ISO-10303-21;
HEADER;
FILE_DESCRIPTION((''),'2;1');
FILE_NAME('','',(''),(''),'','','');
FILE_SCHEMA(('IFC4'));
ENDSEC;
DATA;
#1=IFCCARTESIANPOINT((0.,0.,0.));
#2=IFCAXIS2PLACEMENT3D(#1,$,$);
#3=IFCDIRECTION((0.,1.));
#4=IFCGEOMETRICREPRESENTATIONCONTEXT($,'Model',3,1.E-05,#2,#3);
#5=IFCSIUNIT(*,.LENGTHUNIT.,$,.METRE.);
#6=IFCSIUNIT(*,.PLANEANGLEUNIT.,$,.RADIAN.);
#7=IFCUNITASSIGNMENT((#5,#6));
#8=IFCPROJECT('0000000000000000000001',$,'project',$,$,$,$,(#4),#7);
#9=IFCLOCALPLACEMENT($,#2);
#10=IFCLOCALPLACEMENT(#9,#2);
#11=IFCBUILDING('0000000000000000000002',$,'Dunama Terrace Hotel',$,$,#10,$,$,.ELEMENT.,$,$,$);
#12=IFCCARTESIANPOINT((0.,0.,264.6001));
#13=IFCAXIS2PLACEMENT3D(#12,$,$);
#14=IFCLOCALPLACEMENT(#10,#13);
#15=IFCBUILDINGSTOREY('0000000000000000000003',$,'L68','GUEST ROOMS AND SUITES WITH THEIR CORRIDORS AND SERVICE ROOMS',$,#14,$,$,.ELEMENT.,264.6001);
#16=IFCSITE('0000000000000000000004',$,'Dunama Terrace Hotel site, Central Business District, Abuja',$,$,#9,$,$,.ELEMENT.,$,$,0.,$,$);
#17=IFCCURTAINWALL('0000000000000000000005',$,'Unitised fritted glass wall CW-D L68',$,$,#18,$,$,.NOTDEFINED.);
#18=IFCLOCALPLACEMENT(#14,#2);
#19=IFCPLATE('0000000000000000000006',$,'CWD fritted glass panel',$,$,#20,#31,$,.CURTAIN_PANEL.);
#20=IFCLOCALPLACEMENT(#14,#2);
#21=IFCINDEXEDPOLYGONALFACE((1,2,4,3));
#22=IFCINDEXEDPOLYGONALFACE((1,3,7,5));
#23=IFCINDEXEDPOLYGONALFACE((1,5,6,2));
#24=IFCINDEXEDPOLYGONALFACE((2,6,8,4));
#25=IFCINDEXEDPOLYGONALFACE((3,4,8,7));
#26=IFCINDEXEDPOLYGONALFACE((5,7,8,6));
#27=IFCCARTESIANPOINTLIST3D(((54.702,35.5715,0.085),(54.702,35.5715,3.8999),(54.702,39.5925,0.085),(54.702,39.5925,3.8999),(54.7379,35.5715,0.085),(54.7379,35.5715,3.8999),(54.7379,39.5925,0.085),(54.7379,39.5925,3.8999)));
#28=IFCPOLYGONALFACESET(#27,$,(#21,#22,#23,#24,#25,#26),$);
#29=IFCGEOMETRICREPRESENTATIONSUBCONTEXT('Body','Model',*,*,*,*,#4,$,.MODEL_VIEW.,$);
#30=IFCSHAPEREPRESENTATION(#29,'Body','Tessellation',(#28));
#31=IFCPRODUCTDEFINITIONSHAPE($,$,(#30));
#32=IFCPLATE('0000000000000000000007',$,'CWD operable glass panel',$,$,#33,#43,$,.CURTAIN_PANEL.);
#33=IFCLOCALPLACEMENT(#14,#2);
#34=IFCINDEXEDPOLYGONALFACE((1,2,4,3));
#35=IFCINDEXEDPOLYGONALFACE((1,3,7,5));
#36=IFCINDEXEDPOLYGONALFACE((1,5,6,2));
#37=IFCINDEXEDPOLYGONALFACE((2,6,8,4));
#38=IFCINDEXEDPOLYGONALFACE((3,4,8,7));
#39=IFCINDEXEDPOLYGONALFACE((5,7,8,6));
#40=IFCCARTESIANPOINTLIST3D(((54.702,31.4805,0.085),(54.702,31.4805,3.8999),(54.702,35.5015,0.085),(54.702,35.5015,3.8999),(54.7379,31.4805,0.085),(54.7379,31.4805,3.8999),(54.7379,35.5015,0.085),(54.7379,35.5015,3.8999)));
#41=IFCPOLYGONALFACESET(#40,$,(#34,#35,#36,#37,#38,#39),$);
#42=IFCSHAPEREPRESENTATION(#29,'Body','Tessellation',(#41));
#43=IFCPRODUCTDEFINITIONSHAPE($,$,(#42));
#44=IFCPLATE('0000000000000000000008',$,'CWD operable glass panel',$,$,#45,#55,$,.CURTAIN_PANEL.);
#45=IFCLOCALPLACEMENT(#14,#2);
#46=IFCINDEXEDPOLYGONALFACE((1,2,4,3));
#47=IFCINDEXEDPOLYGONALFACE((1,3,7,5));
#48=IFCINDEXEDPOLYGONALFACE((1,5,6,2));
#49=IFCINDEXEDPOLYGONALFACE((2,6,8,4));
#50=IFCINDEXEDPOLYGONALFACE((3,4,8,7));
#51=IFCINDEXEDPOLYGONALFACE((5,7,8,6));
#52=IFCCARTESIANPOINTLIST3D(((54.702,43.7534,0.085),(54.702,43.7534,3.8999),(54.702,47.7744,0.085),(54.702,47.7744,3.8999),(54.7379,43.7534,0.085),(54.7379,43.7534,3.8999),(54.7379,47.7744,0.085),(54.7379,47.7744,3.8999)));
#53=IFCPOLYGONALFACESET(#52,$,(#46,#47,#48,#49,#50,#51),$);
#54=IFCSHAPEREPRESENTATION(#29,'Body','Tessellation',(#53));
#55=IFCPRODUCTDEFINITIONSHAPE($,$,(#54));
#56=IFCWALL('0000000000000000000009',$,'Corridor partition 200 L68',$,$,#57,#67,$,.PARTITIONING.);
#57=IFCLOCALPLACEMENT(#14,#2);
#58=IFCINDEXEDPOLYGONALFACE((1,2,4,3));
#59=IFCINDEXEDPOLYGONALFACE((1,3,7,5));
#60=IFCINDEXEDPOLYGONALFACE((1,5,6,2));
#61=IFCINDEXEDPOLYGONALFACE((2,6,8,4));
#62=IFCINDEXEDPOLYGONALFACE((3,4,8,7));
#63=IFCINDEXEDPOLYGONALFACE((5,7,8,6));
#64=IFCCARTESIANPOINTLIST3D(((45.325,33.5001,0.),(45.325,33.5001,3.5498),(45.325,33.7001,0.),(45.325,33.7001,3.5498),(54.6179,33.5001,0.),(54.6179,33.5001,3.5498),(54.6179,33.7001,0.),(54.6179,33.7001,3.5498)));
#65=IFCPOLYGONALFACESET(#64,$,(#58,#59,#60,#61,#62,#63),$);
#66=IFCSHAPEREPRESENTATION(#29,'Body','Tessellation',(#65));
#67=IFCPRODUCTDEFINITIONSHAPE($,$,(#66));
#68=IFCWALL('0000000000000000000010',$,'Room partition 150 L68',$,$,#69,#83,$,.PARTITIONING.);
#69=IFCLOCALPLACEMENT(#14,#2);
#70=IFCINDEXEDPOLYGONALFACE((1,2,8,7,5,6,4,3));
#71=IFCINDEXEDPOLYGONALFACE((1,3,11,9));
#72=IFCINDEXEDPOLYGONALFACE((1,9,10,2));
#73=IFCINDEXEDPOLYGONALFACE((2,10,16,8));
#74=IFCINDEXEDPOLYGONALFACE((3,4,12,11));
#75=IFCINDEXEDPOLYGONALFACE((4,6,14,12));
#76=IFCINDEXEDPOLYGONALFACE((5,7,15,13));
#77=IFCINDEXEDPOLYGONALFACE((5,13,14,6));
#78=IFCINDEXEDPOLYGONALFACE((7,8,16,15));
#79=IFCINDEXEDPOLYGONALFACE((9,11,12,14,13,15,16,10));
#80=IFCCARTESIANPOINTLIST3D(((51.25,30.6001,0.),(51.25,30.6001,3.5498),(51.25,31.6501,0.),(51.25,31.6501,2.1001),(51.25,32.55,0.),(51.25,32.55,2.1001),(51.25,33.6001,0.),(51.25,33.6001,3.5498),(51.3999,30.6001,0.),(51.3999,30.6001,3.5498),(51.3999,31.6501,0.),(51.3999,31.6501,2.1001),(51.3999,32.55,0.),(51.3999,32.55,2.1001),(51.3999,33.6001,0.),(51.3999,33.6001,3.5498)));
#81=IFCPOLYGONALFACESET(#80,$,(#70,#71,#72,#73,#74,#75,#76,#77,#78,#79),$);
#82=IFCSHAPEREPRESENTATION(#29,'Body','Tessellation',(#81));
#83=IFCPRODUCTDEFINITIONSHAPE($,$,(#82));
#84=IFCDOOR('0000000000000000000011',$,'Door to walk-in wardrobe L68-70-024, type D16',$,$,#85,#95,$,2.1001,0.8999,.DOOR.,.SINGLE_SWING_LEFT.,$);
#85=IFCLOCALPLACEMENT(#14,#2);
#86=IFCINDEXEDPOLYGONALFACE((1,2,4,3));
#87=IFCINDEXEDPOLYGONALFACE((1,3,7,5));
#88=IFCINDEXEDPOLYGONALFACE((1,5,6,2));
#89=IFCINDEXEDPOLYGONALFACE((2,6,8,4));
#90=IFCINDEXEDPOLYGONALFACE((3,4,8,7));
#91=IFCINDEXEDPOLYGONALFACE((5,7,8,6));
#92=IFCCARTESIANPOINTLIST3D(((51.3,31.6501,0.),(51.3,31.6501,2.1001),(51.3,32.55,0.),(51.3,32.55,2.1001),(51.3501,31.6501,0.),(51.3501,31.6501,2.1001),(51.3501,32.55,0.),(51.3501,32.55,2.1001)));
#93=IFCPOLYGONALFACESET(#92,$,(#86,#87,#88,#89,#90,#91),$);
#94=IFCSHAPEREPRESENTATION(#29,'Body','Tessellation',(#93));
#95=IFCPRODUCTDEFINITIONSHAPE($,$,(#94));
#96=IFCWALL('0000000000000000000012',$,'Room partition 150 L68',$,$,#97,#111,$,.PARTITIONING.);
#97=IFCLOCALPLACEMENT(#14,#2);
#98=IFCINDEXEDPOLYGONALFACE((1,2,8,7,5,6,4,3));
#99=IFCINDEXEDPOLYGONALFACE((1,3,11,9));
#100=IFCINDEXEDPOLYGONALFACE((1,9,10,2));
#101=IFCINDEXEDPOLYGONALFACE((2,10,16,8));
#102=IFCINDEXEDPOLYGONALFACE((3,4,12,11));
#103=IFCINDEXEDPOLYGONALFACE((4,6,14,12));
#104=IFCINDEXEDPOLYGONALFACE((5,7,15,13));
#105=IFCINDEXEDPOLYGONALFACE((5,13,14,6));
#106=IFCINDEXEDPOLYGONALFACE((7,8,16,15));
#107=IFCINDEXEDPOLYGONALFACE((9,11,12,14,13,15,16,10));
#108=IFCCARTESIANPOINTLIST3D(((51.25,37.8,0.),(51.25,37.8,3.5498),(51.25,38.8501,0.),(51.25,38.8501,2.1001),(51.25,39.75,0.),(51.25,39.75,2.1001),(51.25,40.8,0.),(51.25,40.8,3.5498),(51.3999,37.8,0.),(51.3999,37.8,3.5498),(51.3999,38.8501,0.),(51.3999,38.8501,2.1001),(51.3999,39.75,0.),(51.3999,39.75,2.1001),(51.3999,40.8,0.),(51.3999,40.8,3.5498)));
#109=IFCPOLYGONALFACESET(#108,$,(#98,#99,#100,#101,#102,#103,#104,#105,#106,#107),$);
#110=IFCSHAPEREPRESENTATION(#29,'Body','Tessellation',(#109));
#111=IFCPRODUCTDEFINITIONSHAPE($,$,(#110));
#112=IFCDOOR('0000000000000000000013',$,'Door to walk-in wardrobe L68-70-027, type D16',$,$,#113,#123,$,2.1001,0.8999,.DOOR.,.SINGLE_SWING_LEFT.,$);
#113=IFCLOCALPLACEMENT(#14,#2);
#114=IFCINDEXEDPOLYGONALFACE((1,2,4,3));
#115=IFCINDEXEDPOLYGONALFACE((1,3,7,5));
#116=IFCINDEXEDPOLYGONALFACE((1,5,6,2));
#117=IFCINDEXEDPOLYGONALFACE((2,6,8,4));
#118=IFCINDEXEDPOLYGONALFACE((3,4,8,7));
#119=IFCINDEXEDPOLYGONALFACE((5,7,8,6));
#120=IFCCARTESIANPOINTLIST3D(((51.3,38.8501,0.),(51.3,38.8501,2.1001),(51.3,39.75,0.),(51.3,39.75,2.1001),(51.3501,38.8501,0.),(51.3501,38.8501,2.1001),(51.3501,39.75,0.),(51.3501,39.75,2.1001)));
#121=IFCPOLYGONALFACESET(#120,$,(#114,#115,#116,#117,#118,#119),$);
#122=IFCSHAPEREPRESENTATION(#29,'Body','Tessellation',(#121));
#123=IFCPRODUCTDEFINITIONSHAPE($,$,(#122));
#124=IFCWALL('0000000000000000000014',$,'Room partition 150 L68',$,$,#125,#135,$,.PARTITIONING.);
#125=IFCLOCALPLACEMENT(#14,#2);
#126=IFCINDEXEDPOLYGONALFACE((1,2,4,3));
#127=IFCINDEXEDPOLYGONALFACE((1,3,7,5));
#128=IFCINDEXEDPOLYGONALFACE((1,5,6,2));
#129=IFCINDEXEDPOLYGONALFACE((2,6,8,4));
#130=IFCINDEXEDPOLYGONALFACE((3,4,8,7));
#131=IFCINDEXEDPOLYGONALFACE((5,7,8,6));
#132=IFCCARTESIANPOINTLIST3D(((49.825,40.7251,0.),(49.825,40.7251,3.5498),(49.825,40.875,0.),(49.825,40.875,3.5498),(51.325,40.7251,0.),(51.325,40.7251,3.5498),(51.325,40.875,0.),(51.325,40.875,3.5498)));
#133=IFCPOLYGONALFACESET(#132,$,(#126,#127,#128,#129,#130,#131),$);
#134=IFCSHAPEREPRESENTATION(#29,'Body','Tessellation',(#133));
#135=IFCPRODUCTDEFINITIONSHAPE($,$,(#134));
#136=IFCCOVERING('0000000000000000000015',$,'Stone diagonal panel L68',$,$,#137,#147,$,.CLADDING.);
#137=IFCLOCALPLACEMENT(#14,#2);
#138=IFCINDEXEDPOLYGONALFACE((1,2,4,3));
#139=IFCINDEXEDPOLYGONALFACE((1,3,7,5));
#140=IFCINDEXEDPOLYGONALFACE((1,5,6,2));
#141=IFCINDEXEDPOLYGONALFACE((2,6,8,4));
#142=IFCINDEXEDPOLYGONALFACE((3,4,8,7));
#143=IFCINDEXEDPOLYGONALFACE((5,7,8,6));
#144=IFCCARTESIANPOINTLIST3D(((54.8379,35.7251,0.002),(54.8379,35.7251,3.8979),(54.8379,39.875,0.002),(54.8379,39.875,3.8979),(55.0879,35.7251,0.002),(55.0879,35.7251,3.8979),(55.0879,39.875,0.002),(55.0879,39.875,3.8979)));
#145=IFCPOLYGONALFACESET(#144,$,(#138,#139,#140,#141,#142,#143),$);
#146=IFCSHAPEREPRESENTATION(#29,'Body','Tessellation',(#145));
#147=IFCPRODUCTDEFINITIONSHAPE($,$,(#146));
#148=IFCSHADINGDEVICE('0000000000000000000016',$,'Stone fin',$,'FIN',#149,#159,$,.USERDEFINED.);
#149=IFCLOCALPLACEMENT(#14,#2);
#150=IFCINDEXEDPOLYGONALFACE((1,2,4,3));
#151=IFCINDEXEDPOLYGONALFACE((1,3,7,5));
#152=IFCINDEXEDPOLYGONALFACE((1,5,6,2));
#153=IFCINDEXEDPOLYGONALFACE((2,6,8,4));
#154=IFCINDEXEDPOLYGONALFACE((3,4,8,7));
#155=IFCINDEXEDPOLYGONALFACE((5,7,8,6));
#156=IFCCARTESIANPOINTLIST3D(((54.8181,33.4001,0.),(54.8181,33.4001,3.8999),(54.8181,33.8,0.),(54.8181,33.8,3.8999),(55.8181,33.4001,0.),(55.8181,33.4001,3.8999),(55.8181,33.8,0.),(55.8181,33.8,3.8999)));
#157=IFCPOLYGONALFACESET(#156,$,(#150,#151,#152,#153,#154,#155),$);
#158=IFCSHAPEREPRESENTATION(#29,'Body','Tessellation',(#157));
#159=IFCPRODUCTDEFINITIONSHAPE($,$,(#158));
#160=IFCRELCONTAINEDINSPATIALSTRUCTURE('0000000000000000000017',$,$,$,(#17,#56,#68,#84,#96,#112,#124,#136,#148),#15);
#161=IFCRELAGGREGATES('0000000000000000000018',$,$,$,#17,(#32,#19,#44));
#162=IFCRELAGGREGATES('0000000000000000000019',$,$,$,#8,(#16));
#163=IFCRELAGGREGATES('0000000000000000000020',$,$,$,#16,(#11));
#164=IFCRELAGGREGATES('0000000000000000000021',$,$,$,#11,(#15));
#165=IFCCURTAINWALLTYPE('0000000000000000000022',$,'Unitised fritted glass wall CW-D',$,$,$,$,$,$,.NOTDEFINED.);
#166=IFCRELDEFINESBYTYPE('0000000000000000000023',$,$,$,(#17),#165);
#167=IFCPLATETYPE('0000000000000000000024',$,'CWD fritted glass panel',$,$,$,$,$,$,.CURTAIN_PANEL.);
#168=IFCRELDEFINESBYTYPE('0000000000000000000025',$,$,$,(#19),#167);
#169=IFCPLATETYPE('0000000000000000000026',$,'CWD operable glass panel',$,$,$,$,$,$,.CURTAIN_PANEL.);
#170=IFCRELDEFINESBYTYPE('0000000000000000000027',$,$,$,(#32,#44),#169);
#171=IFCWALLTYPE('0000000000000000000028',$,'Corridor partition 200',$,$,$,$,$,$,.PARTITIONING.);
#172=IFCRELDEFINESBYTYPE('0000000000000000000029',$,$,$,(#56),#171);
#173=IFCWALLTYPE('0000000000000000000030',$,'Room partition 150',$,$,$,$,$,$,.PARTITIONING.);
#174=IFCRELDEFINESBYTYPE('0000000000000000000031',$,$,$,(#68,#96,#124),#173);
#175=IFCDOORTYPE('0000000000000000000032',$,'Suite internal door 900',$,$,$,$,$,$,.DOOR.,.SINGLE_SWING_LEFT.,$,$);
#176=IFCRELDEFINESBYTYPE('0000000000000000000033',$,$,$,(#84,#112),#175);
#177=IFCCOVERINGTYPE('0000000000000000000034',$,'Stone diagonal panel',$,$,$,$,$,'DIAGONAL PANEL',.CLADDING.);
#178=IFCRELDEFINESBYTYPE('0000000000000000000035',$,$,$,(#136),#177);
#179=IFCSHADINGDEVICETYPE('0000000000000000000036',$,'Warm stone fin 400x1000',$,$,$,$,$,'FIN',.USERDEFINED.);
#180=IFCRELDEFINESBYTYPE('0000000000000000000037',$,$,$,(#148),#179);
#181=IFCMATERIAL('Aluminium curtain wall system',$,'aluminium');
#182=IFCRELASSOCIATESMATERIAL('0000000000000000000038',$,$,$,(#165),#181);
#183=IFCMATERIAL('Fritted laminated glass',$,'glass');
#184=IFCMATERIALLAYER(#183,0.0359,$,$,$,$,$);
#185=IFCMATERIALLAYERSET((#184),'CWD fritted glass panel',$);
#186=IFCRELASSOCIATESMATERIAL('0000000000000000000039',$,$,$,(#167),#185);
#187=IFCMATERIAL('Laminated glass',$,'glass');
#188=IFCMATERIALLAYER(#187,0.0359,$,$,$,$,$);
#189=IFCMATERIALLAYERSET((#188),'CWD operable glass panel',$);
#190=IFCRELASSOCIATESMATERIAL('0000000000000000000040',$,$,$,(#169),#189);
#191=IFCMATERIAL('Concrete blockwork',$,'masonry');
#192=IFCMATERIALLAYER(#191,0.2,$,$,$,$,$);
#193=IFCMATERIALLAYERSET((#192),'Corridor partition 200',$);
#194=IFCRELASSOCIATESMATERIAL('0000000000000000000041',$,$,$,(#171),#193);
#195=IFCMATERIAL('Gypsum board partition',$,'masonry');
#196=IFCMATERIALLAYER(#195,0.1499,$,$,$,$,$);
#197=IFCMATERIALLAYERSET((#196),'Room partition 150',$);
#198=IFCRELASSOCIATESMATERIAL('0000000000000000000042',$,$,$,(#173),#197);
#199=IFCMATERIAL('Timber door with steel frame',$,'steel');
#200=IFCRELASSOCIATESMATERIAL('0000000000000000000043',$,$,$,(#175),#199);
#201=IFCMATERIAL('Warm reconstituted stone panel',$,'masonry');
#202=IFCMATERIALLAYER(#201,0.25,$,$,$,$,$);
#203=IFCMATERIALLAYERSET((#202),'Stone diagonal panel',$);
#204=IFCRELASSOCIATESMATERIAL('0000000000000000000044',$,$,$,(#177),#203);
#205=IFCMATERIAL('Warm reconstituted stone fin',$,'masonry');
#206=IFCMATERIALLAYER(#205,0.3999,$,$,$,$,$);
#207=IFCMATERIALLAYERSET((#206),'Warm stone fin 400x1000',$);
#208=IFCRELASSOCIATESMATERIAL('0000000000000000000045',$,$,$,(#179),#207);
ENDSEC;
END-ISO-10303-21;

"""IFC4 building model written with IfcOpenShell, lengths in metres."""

from ifc_helpers import new_model, si_unit, direction, frame, frame_2d, origin, origin_2d, place, context, subcontext, project, spatial, rectangle, extrude, material, layer, layer_set, type_object, element, fill, aggregate, save


model = new_model("IFC4")

# Units and contexts
model_context = context("Model", 3, precision=1e-05, world=origin(), true_north=direction((0.0, 1.0)))
body_context = subcontext(model_context, "Body", "Model", "MODEL_VIEW")
ifc_project = project(units=[si_unit("LENGTHUNIT", "METRE"), si_unit("PLANEANGLEUNIT", "RADIAN")], contexts=[model_context])

# Site, building, storey
site_placement = place(None, origin())
site = spatial("IfcSite", under=ifc_project, at=site_placement, Name="Dunama Terrace Hotel site, Central Business District, Abuja", CompositionType="ELEMENT", RefElevation=0.0)
building_placement = place(site_placement, origin())
building = spatial("IfcBuilding", under=site, at=building_placement, Name="Dunama Terrace Hotel", CompositionType="ELEMENT")
storey_placement = place(building_placement, frame((0.0, 0.0, 264.6001)))
storey = spatial("IfcBuildingStorey", under=building, at=storey_placement, Name="L68", Description="GUEST ROOMS AND SUITES WITH THEIR CORRIDORS AND SERVICE ROOMS", CompositionType="ELEMENT", Elevation=264.6001)

# Curtain wall
ifc_material_1 = material(Name="Aluminium curtain wall system", Category="aluminium")
curtain_wall_type = type_object("IfcCurtainWallType", Name="Unitised fritted glass wall CW-D", PredefinedType="NOTDEFINED", material=ifc_material_1)
curtain_wall_placement = place(storey_placement, origin())
curtain_wall = element("IfcCurtainWall", 1, at=curtain_wall_placement, inside=storey, type_object=curtain_wall_type, Name="Unitised fritted glass wall CW-D L68", PredefinedType="NOTDEFINED")

# Plates
ifc_material_2 = material(Name="Fritted laminated glass", Category="glass")
ifc_layer_1 = layer(ifc_material_2, 0.0359)
ifc_layer_set_1 = layer_set([ifc_layer_1], Name="CWD fritted glass panel")
plate_type_1 = type_object("IfcPlateType", Name="CWD fritted glass panel", PredefinedType="CURTAIN_PANEL", material=ifc_layer_set_1)
plate_1_placement = place(storey_placement, frame((54.72, 37.582, 0.085), z_axis=(0.0, 0.0, 1.0), x_axis=(0.0, 1.0, 0.0)))
plate_1 = element("IfcPlate", 2, at=plate_1_placement, type_object=plate_type_1, Name="CWD fritted glass panel", PredefinedType="CURTAIN_PANEL", context=body_context, shape_type="SweptSolid", body=[
    extrude(rectangle(XDim=4.021, YDim=0.0359, at=origin_2d()), origin(), (0.0, 0.0, 1.0), 3.8149),
])
ifc_material_3 = material(Name="Laminated glass", Category="glass")
ifc_layer_2 = layer(ifc_material_3, 0.0359)
ifc_layer_set_2 = layer_set([ifc_layer_2], Name="CWD operable glass panel")
plate_type_2 = type_object("IfcPlateType", Name="CWD operable glass panel", PredefinedType="CURTAIN_PANEL", material=ifc_layer_set_2)
plate_2_placement = place(storey_placement, frame((54.72, 33.491, 0.085), z_axis=(0.0, 0.0, 1.0), x_axis=(0.0, 1.0, 0.0)))
plate_2 = element("IfcPlate", 3, at=plate_2_placement, type_object=plate_type_2, Name="CWD operable glass panel", PredefinedType="CURTAIN_PANEL", context=body_context, shape_type="SweptSolid", body=[
    extrude(rectangle(XDim=4.021, YDim=0.0359, at=origin_2d()), origin(), (0.0, 0.0, 1.0), 3.8149),
])
plate_3_placement = place(storey_placement, frame((54.72, 45.7639, 0.085), z_axis=(0.0, 0.0, 1.0), x_axis=(0.0, 1.0, 0.0)))
plate_3 = element("IfcPlate", 4, at=plate_3_placement, type_object=plate_type_2, Name="CWD operable glass panel", PredefinedType="CURTAIN_PANEL", context=body_context, shape_type="SweptSolid", body=[
    extrude(rectangle(XDim=4.021, YDim=0.0359, at=origin_2d()), origin(), (0.0, 0.0, 1.0), 3.8149),
])
aggregate(curtain_wall, [plate_2, plate_1, plate_3])

# Wall
ifc_material_4 = material(Name="Concrete blockwork", Category="masonry")
ifc_layer_3 = layer(ifc_material_4, 0.2)
ifc_layer_set_3 = layer_set([ifc_layer_3], Name="Corridor partition 200")
wall_type_1 = type_object("IfcWallType", Name="Corridor partition 200", PredefinedType="PARTITIONING", material=ifc_layer_set_3)
wall_1_placement = place(storey_placement, frame((54.6179, 33.6001, 0.0), z_axis=(0.0, 0.0, 1.0), x_axis=(-1.0, 0.0, 0.0)))
element("IfcWall", 5, at=wall_1_placement, inside=storey, type_object=wall_type_1, Name="Corridor partition 200 L68", PredefinedType="PARTITIONING", context=body_context, shape_type="SweptSolid", body=[
    extrude(rectangle(XDim=9.293, YDim=0.2, at=frame_2d((4.6465, 0.0))), origin(), (0.0, 0.0, 1.0), 3.5498),
])

# Walls, openings, doors
ifc_material_5 = material(Name="Gypsum board partition", Category="masonry")
ifc_layer_4 = layer(ifc_material_5, 0.1499)
ifc_layer_set_4 = layer_set([ifc_layer_4], Name="Room partition 150")
wall_type_2 = type_object("IfcWallType", Name="Room partition 150", PredefinedType="PARTITIONING", material=ifc_layer_set_4)
wall_2_placement = place(storey_placement, frame((51.325, 30.6001, 0.0), z_axis=(0.0, 0.0, 1.0), x_axis=(0.0, 1.0, 0.0)))
wall_2 = element("IfcWall", 6, at=wall_2_placement, inside=storey, type_object=wall_type_2, Name="Room partition 150 L68", PredefinedType="PARTITIONING", context=body_context, shape_type="SweptSolid", body=[
    extrude(rectangle(XDim=3.0, YDim=0.1499, at=frame_2d((1.5, 0.0))), origin(), (0.0, 0.0, 1.0), 3.5498),
])
opening_1_placement = place(wall_2_placement, frame((1.05, 0.0, 0.0)))
opening_1 = element("IfcOpeningElement", 7, at=opening_1_placement, cuts=wall_2, PredefinedType="OPENING", context=body_context, shape_type="SweptSolid", body=[
    extrude(rectangle(XDim=0.8999, YDim=2.1001, at=frame_2d((0.45, 1.05))), frame((0.0, 0.085, 0.0), z_axis=(0.0, -1.0, 0.0), x_axis=(1.0, 0.0, 0.0)), (0.0, 0.0, 1.0), 0.1699),
])
ifc_material_6 = material(Name="Timber door with steel frame", Category="steel")
door_type = type_object("IfcDoorType", Name="Suite internal door 900", OperationType="SINGLE_SWING_LEFT", PredefinedType="DOOR", material=ifc_material_6)
door_1_placement = place(opening_1_placement, origin())
door_1 = element("IfcDoor", 8, at=door_1_placement, inside=storey, type_object=door_type, Name="Door to walk-in wardrobe L68-70-024, type D16", OperationType="SINGLE_SWING_LEFT", OverallHeight=2.1001, OverallWidth=0.8999, PredefinedType="DOOR", context=body_context, shape_type="SweptSolid", body=[
    extrude(rectangle(XDim=0.8999, YDim=2.1001, at=frame_2d((0.45, 1.05))), frame((0.0, 0.0249, 0.0), z_axis=(0.0, -1.0, 0.0), x_axis=(1.0, 0.0, 0.0)), (0.0, 0.0, 1.0), 0.05),
])
fill(opening_1, door_1)
wall_3_placement = place(storey_placement, frame((51.325, 37.8, 0.0), z_axis=(0.0, 0.0, 1.0), x_axis=(0.0, 1.0, 0.0)))
wall_3 = element("IfcWall", 9, at=wall_3_placement, inside=storey, type_object=wall_type_2, Name="Room partition 150 L68", PredefinedType="PARTITIONING", context=body_context, shape_type="SweptSolid", body=[
    extrude(rectangle(XDim=3.0, YDim=0.1499, at=frame_2d((1.5, 0.0))), origin(), (0.0, 0.0, 1.0), 3.5498),
])
opening_2_placement = place(wall_3_placement, frame((1.05, 0.0, 0.0)))
opening_2 = element("IfcOpeningElement", 10, at=opening_2_placement, cuts=wall_3, PredefinedType="OPENING", context=body_context, shape_type="SweptSolid", body=[
    extrude(rectangle(XDim=0.8999, YDim=2.1001, at=frame_2d((0.45, 1.05))), frame((0.0, 0.085, 0.0), z_axis=(0.0, -1.0, 0.0), x_axis=(1.0, 0.0, 0.0)), (0.0, 0.0, 1.0), 0.1699),
])
door_2_placement = place(opening_2_placement, origin())
door_2 = element("IfcDoor", 11, at=door_2_placement, inside=storey, type_object=door_type, Name="Door to walk-in wardrobe L68-70-027, type D16", OperationType="SINGLE_SWING_LEFT", OverallHeight=2.1001, OverallWidth=0.8999, PredefinedType="DOOR", context=body_context, shape_type="SweptSolid", body=[
    extrude(rectangle(XDim=0.8999, YDim=2.1001, at=frame_2d((0.45, 1.05))), frame((0.0, 0.0249, 0.0), z_axis=(0.0, -1.0, 0.0), x_axis=(1.0, 0.0, 0.0)), (0.0, 0.0, 1.0), 0.05),
])
fill(opening_2, door_2)

# Wall
wall_4_placement = place(storey_placement, frame((49.825, 40.8, 0.0), z_axis=(0.0, 0.0, 1.0), x_axis=(1.0, 0.0, 0.0)))
element("IfcWall", 12, at=wall_4_placement, inside=storey, type_object=wall_type_2, Name="Room partition 150 L68", PredefinedType="PARTITIONING", context=body_context, shape_type="SweptSolid", body=[
    extrude(rectangle(XDim=1.5, YDim=0.1499, at=frame_2d((0.75, 0.0))), origin(), (0.0, 0.0, 1.0), 3.5498),
])

# Covering
ifc_material_7 = material(Name="Warm reconstituted stone panel", Category="masonry")
ifc_layer_5 = layer(ifc_material_7, 0.25)
ifc_layer_set_5 = layer_set([ifc_layer_5], Name="Stone diagonal panel")
covering_type = type_object("IfcCoveringType", Name="Stone diagonal panel", ElementType="DIAGONAL PANEL", PredefinedType="CLADDING", material=ifc_layer_set_5)
covering_placement = place(storey_placement, frame((54.9629, 37.8, 0.002), z_axis=(0.0, 0.0, 1.0), x_axis=(0.0, 1.0, 0.0)))
element("IfcCovering", 13, at=covering_placement, inside=storey, type_object=covering_type, Name="Stone diagonal panel L68", PredefinedType="CLADDING", context=body_context, shape_type="SweptSolid", body=[
    extrude(rectangle(XDim=4.1499, YDim=0.25, at=origin_2d()), origin(), (0.0, 0.0, 1.0), 3.896),
])

# Shading device
ifc_material_8 = material(Name="Warm reconstituted stone fin", Category="masonry")
ifc_layer_6 = layer(ifc_material_8, 0.3999)
ifc_layer_set_6 = layer_set([ifc_layer_6], Name="Warm stone fin 400x1000")
shading_device_type = type_object("IfcShadingDeviceType", Name="Warm stone fin 400x1000", ElementType="FIN", PredefinedType="USERDEFINED", material=ifc_layer_set_6)
shading_device_placement = place(storey_placement, frame((55.3181, 33.6001, 0.0), z_axis=(0.0, 0.0, 1.0), x_axis=(0.0, 1.0, 0.0)))
element("IfcShadingDevice", 14, at=shading_device_placement, inside=storey, type_object=shading_device_type, Name="Stone fin", ObjectType="FIN", PredefinedType="USERDEFINED", context=body_context, shape_type="SweptSolid", body=[
    extrude(rectangle(XDim=0.3999, YDim=1.0, at=origin_2d()), origin(), (0.0, 0.0, 1.0), 3.8999),
])

save(model, "model.ifc")
